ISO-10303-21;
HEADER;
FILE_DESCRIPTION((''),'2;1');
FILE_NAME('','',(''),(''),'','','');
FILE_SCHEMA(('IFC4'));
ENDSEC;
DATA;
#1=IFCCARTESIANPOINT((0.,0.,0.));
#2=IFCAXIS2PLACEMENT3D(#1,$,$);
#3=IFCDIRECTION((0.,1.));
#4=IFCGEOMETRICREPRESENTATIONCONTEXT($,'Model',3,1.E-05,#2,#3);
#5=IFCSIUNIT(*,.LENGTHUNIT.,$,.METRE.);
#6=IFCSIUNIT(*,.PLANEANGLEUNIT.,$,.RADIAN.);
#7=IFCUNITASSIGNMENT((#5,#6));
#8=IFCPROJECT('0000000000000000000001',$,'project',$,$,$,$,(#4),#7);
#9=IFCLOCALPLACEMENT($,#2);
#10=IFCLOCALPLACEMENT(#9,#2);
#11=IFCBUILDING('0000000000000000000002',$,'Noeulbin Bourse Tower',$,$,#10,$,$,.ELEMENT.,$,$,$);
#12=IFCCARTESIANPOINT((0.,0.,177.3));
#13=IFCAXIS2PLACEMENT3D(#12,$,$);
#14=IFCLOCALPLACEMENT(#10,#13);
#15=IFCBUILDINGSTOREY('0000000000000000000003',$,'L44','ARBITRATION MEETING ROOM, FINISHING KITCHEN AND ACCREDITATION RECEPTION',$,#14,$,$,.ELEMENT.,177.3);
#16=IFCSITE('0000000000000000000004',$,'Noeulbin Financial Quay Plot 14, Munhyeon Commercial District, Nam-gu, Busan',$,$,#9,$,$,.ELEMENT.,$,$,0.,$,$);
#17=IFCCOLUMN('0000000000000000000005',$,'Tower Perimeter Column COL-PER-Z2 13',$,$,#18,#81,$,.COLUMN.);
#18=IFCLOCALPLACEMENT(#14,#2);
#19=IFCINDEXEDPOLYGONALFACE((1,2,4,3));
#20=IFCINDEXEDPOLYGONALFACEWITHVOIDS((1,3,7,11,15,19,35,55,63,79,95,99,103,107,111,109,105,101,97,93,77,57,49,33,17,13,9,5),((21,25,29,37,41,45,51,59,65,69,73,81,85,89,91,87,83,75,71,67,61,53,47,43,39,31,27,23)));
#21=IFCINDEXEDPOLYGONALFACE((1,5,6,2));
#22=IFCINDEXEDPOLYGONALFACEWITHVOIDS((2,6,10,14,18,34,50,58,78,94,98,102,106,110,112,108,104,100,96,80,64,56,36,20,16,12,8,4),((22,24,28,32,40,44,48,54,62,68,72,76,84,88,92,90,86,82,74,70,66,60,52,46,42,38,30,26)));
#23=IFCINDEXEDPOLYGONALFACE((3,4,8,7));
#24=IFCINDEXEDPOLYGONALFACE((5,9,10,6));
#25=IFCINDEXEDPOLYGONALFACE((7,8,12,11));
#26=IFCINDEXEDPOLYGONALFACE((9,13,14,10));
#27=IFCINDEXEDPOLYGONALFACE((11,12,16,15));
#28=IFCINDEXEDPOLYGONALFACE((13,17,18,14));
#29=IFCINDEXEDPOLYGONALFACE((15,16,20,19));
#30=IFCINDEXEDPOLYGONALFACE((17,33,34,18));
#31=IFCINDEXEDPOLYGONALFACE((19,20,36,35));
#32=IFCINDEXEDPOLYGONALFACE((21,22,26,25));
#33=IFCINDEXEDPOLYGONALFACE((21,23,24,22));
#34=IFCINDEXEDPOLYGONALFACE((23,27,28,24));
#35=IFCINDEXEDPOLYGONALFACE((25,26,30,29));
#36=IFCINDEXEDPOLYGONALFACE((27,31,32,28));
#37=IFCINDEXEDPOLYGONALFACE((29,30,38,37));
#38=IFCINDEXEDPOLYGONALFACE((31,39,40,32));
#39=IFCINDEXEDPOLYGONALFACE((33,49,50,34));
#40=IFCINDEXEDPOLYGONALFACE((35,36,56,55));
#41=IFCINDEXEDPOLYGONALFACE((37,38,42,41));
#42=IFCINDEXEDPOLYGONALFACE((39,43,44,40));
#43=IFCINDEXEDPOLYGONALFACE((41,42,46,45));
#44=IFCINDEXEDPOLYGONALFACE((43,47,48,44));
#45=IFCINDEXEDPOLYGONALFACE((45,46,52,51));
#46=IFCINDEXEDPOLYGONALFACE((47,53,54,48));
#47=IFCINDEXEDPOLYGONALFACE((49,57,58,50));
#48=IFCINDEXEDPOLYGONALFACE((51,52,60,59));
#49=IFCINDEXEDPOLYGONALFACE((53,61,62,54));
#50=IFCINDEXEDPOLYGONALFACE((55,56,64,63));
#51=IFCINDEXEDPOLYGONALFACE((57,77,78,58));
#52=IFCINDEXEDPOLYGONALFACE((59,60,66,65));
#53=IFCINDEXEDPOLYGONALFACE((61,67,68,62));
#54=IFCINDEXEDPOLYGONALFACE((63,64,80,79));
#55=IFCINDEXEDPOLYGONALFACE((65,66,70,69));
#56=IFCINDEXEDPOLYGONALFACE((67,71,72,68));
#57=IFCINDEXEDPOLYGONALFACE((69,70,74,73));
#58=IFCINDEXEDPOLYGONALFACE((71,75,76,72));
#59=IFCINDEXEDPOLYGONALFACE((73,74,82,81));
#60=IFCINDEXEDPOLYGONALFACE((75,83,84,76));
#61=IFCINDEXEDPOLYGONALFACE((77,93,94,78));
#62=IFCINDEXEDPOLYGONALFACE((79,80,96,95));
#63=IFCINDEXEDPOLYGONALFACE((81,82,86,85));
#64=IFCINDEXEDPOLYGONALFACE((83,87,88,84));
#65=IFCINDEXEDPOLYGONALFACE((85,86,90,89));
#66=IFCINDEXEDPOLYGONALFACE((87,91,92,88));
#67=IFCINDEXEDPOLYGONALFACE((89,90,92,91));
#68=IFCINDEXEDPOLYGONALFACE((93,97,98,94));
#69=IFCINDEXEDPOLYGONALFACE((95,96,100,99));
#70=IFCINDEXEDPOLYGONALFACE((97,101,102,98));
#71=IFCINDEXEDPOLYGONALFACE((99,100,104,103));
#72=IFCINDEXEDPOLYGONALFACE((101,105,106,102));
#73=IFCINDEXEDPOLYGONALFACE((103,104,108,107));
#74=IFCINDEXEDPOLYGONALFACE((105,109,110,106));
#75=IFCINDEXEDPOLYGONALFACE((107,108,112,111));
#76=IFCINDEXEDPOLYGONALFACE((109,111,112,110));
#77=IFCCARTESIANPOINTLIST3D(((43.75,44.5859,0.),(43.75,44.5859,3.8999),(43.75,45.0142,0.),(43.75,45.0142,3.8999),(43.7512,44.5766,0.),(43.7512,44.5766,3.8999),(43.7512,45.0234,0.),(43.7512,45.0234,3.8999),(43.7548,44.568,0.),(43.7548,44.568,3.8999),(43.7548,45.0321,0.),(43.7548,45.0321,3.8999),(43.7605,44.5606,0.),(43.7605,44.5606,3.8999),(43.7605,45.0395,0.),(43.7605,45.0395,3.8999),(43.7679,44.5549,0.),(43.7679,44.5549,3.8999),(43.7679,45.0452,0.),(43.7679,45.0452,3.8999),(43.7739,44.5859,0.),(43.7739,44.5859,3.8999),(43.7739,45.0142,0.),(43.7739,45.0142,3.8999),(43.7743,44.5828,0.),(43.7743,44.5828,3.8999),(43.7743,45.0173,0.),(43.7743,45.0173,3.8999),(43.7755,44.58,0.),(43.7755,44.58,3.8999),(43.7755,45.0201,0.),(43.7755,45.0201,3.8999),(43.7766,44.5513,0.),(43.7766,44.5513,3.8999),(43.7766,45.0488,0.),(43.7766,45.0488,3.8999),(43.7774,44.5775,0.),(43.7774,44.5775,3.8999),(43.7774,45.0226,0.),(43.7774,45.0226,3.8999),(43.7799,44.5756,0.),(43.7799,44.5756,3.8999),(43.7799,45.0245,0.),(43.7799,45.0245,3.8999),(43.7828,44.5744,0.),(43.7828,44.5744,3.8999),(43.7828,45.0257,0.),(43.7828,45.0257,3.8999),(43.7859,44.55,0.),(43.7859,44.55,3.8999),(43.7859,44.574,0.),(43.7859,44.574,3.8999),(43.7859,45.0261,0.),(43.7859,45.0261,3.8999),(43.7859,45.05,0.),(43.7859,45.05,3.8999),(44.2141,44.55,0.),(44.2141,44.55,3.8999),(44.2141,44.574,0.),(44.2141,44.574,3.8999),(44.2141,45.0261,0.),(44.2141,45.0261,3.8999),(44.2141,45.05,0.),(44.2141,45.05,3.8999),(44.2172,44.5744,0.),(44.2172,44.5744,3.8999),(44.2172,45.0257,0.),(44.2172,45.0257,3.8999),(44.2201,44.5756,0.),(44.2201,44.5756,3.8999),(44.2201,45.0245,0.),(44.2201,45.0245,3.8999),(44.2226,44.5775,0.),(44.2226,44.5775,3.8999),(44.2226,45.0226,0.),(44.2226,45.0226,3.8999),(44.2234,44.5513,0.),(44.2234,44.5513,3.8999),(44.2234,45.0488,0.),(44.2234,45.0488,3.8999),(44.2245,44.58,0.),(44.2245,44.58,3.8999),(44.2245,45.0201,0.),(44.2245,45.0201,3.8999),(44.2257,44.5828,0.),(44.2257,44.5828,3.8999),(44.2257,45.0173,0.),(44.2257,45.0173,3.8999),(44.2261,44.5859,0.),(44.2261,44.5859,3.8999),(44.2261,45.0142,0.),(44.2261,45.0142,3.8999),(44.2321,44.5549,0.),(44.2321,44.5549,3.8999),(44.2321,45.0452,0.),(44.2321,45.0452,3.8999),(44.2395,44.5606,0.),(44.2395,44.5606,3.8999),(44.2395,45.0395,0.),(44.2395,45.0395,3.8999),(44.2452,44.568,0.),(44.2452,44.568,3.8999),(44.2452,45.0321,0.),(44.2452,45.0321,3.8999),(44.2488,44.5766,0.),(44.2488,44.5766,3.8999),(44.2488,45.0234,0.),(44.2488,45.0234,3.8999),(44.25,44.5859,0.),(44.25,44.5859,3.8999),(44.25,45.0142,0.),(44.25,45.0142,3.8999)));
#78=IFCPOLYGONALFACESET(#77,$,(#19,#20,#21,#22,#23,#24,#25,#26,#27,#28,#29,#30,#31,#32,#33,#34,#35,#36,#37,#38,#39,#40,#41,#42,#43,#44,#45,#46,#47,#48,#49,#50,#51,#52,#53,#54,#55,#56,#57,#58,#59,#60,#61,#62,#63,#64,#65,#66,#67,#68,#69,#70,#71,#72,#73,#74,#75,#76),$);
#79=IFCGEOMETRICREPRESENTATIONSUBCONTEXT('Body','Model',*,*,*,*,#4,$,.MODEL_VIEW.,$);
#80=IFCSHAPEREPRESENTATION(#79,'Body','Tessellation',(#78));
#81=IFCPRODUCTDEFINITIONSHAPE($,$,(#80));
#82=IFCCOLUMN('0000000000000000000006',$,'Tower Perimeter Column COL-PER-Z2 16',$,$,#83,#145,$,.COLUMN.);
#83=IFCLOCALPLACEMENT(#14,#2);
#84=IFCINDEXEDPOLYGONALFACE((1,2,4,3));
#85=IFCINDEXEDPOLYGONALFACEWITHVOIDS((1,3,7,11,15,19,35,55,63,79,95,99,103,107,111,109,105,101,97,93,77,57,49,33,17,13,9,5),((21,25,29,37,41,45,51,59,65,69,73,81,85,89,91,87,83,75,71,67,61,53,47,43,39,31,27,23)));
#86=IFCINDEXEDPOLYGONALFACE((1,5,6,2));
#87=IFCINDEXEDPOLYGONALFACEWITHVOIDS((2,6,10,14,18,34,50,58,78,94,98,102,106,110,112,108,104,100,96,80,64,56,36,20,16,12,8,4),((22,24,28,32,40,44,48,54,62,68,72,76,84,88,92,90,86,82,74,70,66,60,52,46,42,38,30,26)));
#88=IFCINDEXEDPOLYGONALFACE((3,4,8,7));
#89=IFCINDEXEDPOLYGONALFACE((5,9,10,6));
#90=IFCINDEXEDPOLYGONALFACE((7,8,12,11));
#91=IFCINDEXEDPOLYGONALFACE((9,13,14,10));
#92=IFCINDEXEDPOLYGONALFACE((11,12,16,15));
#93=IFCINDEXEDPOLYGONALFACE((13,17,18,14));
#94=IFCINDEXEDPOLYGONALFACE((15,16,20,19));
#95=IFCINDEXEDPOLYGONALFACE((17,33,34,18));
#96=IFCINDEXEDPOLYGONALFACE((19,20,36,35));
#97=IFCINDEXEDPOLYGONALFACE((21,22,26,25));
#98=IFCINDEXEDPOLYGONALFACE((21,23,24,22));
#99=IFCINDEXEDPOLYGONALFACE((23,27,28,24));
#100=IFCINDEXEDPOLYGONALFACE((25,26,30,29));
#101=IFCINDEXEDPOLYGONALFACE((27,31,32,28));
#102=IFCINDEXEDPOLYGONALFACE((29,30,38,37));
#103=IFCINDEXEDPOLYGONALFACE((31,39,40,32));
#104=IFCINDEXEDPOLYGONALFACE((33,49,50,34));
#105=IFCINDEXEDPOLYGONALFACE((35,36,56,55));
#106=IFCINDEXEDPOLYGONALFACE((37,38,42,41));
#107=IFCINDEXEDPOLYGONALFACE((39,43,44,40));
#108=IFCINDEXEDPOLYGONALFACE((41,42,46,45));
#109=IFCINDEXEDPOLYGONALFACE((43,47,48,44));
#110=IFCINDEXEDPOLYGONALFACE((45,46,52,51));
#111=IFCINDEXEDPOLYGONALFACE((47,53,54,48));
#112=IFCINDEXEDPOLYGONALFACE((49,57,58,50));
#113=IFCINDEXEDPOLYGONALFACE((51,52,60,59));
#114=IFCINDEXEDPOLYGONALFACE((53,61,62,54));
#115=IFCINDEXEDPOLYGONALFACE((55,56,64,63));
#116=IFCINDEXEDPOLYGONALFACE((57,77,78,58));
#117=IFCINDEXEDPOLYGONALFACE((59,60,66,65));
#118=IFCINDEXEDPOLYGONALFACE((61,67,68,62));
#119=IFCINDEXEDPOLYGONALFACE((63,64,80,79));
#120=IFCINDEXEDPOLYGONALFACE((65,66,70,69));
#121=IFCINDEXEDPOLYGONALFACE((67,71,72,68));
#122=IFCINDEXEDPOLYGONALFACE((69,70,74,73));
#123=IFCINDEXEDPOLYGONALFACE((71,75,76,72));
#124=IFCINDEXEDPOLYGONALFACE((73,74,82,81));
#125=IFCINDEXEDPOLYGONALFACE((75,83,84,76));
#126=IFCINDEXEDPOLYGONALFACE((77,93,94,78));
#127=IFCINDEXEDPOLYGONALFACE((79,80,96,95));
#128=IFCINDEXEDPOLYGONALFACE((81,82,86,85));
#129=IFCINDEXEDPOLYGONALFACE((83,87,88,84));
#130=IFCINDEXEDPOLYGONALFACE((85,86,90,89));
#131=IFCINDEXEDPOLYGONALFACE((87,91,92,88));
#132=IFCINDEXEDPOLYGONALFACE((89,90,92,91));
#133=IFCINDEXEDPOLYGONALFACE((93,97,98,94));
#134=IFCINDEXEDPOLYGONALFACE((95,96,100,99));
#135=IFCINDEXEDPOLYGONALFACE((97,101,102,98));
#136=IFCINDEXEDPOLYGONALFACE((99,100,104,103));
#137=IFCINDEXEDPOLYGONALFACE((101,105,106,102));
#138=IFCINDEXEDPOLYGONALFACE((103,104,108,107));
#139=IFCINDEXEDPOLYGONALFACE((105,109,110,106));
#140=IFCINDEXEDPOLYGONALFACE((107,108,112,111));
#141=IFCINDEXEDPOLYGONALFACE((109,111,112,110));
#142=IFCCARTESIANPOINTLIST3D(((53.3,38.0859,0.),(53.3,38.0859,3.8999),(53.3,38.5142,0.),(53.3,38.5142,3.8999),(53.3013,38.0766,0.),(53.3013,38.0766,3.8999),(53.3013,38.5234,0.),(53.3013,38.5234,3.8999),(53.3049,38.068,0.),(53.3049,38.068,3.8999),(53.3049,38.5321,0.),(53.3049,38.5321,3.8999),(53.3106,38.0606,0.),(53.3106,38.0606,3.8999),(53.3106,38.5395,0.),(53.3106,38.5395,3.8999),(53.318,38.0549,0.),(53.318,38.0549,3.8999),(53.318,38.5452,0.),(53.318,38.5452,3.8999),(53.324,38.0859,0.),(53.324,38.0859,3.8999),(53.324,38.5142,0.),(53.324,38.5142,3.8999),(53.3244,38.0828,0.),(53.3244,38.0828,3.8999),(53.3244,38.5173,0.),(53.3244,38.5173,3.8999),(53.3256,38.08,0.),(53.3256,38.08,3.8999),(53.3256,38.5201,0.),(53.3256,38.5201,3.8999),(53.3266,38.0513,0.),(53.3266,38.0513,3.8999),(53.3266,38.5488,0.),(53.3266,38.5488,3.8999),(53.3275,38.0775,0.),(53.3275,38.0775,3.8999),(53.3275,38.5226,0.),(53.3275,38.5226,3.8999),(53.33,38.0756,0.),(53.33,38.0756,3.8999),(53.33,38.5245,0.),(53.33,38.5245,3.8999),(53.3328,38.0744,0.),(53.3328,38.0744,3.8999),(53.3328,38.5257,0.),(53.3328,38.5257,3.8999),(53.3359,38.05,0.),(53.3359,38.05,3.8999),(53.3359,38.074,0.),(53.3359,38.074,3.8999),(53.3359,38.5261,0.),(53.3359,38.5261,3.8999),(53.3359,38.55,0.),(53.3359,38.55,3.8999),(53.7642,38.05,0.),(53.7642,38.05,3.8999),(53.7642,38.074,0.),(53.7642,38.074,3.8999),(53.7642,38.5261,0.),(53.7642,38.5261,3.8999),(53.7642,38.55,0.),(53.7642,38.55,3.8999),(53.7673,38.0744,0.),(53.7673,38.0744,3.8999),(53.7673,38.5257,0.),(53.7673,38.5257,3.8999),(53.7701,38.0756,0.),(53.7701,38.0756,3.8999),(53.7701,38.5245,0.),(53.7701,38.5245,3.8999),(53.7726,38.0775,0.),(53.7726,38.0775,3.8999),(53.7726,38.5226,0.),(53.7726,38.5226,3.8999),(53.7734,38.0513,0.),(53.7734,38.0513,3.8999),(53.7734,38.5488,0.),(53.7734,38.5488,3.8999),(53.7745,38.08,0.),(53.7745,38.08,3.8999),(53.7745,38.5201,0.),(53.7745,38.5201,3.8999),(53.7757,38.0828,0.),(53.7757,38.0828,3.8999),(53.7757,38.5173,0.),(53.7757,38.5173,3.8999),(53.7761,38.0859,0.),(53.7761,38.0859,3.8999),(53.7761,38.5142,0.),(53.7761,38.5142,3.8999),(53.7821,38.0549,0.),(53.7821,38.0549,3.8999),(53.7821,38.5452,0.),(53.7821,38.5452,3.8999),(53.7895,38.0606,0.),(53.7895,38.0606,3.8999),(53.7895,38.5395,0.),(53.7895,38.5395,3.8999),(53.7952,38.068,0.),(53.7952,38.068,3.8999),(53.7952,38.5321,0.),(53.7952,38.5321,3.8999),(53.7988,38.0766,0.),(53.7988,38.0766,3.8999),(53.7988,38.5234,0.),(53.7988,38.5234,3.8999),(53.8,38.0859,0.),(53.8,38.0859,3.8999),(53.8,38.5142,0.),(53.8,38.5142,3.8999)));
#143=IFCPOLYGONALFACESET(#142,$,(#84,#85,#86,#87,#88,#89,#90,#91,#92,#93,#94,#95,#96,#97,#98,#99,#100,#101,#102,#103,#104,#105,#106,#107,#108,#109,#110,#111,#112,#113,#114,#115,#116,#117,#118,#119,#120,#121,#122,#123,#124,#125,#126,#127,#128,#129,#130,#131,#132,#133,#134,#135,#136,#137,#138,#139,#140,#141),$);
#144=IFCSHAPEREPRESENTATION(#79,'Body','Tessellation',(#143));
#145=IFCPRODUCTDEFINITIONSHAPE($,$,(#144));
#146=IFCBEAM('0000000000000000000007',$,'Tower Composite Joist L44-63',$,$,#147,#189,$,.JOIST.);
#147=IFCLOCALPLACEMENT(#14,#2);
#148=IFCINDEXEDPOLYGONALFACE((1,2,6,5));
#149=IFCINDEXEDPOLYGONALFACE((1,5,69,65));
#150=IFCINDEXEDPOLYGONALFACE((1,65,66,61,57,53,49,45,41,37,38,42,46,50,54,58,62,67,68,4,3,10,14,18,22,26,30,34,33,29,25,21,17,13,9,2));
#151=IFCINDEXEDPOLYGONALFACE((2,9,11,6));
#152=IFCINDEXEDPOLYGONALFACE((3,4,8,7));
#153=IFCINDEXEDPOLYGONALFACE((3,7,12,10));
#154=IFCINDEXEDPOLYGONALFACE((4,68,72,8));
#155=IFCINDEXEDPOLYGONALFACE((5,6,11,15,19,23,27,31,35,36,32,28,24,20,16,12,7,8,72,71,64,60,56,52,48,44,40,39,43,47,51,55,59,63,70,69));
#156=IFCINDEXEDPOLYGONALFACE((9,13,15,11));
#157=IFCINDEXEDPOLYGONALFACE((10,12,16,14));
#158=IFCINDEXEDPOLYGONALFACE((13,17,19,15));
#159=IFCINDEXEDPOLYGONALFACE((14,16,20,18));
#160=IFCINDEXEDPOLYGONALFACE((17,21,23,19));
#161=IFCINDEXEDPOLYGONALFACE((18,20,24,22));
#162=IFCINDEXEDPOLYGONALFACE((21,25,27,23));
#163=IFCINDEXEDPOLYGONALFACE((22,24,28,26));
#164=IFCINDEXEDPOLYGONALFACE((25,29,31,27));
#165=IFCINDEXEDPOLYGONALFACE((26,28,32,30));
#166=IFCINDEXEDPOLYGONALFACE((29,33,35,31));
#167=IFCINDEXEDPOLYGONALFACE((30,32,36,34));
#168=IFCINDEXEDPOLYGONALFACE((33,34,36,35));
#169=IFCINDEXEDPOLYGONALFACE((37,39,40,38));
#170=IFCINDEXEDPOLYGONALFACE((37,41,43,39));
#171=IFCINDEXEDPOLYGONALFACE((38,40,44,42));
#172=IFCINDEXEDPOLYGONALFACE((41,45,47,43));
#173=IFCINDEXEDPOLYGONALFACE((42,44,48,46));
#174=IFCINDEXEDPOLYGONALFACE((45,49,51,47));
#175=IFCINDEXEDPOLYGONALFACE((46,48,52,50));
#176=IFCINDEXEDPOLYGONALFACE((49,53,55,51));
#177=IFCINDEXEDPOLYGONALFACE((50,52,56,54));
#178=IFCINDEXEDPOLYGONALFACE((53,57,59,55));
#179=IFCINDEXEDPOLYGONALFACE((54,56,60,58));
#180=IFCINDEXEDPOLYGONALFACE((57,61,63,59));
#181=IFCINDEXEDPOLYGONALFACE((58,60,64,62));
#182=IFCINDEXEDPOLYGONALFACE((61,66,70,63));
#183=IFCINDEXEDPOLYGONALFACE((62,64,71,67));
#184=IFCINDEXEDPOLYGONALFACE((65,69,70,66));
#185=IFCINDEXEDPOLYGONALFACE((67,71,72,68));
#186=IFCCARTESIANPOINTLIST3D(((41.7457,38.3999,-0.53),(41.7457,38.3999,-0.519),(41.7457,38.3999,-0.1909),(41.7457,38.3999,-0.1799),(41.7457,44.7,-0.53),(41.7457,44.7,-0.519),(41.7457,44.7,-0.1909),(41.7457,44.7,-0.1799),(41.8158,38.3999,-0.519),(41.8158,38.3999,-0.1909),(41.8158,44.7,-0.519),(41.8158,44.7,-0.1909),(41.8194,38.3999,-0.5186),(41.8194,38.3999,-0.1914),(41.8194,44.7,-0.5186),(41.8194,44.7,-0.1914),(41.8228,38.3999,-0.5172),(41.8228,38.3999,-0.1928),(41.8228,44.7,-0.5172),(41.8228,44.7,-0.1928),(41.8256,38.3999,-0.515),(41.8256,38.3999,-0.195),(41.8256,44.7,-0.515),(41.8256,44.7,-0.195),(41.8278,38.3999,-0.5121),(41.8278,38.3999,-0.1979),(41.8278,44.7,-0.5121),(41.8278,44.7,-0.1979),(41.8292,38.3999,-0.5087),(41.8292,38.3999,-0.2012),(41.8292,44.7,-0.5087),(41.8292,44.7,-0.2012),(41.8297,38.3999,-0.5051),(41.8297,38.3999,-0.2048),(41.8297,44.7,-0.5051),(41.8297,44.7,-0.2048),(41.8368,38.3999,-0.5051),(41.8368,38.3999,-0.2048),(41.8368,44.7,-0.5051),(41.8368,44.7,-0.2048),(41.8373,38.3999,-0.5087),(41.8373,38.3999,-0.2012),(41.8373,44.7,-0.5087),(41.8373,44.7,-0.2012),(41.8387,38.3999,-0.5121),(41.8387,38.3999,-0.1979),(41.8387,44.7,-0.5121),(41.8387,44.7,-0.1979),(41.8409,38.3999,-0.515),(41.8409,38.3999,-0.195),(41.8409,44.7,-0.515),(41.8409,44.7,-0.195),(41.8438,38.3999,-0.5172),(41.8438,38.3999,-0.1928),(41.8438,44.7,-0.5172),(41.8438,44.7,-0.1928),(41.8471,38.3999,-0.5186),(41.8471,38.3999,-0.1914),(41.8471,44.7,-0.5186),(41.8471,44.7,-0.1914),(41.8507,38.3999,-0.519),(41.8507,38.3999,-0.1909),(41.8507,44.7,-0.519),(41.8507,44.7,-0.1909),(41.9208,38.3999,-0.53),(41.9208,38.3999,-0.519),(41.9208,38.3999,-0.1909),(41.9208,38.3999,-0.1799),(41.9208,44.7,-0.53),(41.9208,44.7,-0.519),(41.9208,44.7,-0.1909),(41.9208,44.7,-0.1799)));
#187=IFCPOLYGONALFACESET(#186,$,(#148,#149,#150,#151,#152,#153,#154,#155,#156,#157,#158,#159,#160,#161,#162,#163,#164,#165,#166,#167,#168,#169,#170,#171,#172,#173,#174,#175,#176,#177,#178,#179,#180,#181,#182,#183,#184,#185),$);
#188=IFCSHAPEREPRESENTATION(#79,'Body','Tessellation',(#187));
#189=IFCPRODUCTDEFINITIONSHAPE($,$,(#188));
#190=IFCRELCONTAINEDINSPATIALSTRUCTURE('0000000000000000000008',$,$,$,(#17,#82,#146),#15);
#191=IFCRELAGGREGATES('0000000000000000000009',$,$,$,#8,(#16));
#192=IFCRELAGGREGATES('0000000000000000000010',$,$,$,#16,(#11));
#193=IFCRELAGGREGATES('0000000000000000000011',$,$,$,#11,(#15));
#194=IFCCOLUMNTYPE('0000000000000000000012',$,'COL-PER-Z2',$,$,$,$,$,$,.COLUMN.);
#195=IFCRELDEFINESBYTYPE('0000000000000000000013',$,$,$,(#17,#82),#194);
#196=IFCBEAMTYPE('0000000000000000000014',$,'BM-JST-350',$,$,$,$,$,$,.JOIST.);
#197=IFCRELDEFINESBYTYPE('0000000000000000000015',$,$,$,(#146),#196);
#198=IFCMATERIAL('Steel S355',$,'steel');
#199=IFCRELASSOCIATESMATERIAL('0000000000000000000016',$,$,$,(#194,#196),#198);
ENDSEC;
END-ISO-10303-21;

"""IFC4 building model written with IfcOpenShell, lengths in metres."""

from ifc_helpers import new_model, si_unit, direction, frame, origin, origin_2d, place, context, subcontext, project, spatial, hollow_rectangle, i_section, extrude, material, material_profile, profile_set, type_object, element, save


model = new_model("IFC4")

# Units and contexts
model_context = context("Model", 3, precision=1e-05, world=origin(), true_north=direction((0.0, 1.0)))
body_context = subcontext(model_context, "Body", "Model", "MODEL_VIEW")
ifc_project = project(units=[si_unit("LENGTHUNIT", "METRE"), si_unit("PLANEANGLEUNIT", "RADIAN")], contexts=[model_context])

# Site, building, storey
site_placement = place(None, origin())
site = spatial("IfcSite", under=ifc_project, at=site_placement, Name="Noeulbin Financial Quay Plot 14, Munhyeon Commercial District, Nam-gu, Busan", CompositionType="ELEMENT", RefElevation=0.0)
building_placement = place(site_placement, origin())
building = spatial("IfcBuilding", under=site, at=building_placement, Name="Noeulbin Bourse Tower", CompositionType="ELEMENT")
storey_placement = place(building_placement, frame((0.0, 0.0, 177.3)))
storey = spatial("IfcBuildingStorey", under=building, at=storey_placement, Name="L44", Description="ARBITRATION MEETING ROOM, FINISHING KITCHEN AND ACCREDITATION RECEPTION", CompositionType="ELEMENT", Elevation=177.3)

# Columns
ifc_material_1 = material(Name="Steel S355", Category="steel")
ifc_material_profile_1 = material_profile(ifc_material_1, hollow_rectangle(XDim=0.5, YDim=0.5, WallThickness=0.0239, InnerFilletRadius=0.012, OuterFilletRadius=0.0359, at=origin_2d()), Name="BOX-500x500x24", Category="LoadBearing")
ifc_profile_set_1 = profile_set([ifc_material_profile_1], Name="Steel S355")
column_type = type_object("IfcColumnType", Name="COL-PER-Z2", PredefinedType="COLUMN", material=ifc_profile_set_1)
for number, where, z_axis, x_axis, name in (
    (1, (44.0, 44.8, 0.0), (0.0, 0.0, 1.0), (1.0, 0.0, 0.0), "Tower Perimeter Column COL-PER-Z2 13"),
    (2, (53.55, 38.3, 0.0), (0.0, 0.0, 1.0), (1.0, 0.0, 0.0), "Tower Perimeter Column COL-PER-Z2 16"),
):
    element("IfcColumn", number, at=place(storey_placement, frame(where, z_axis=z_axis, x_axis=x_axis)), inside=storey, type_object=column_type, Name=name, PredefinedType="COLUMN", context=body_context, shape_type="SweptSolid", body=[
        extrude(hollow_rectangle(XDim=0.5, YDim=0.5, WallThickness=0.0239, InnerFilletRadius=0.012, OuterFilletRadius=0.0359, at=origin_2d()), origin(), (0.0, 0.0, 1.0), 3.8999),
    ])

# Beam
ifc_material_profile_2 = material_profile(ifc_material_1, i_section(OverallWidth=0.175, OverallDepth=0.3501, WebThickness=0.0071, FlangeThickness=0.011, FilletRadius=0.0139, at=origin_2d()), Name="H-350x175x7x11", Category="LoadBearing")
ifc_profile_set_2 = profile_set([ifc_material_profile_2], Name="Steel S355")
beam_type = type_object("IfcBeamType", Name="BM-JST-350", PredefinedType="JOIST", material=ifc_profile_set_2)
for number, where, z_axis, x_axis, name in (
    (3, (41.8333, 38.3999, -0.355), (0.0, 1.0, 0.0), (-1.0, 0.0, 0.0), "Tower Composite Joist L44-63"),
):
    element("IfcBeam", number, at=place(storey_placement, frame(where, z_axis=z_axis, x_axis=x_axis)), inside=storey, type_object=beam_type, Name=name, PredefinedType="JOIST", context=body_context, shape_type="SweptSolid", body=[
        extrude(i_section(OverallWidth=0.175, OverallDepth=0.3501, WebThickness=0.0071, FlangeThickness=0.011, FilletRadius=0.0139, at=origin_2d()), origin(), (0.0, 0.0, 1.0), 6.3),
    ])

save(model, "model.ifc")
